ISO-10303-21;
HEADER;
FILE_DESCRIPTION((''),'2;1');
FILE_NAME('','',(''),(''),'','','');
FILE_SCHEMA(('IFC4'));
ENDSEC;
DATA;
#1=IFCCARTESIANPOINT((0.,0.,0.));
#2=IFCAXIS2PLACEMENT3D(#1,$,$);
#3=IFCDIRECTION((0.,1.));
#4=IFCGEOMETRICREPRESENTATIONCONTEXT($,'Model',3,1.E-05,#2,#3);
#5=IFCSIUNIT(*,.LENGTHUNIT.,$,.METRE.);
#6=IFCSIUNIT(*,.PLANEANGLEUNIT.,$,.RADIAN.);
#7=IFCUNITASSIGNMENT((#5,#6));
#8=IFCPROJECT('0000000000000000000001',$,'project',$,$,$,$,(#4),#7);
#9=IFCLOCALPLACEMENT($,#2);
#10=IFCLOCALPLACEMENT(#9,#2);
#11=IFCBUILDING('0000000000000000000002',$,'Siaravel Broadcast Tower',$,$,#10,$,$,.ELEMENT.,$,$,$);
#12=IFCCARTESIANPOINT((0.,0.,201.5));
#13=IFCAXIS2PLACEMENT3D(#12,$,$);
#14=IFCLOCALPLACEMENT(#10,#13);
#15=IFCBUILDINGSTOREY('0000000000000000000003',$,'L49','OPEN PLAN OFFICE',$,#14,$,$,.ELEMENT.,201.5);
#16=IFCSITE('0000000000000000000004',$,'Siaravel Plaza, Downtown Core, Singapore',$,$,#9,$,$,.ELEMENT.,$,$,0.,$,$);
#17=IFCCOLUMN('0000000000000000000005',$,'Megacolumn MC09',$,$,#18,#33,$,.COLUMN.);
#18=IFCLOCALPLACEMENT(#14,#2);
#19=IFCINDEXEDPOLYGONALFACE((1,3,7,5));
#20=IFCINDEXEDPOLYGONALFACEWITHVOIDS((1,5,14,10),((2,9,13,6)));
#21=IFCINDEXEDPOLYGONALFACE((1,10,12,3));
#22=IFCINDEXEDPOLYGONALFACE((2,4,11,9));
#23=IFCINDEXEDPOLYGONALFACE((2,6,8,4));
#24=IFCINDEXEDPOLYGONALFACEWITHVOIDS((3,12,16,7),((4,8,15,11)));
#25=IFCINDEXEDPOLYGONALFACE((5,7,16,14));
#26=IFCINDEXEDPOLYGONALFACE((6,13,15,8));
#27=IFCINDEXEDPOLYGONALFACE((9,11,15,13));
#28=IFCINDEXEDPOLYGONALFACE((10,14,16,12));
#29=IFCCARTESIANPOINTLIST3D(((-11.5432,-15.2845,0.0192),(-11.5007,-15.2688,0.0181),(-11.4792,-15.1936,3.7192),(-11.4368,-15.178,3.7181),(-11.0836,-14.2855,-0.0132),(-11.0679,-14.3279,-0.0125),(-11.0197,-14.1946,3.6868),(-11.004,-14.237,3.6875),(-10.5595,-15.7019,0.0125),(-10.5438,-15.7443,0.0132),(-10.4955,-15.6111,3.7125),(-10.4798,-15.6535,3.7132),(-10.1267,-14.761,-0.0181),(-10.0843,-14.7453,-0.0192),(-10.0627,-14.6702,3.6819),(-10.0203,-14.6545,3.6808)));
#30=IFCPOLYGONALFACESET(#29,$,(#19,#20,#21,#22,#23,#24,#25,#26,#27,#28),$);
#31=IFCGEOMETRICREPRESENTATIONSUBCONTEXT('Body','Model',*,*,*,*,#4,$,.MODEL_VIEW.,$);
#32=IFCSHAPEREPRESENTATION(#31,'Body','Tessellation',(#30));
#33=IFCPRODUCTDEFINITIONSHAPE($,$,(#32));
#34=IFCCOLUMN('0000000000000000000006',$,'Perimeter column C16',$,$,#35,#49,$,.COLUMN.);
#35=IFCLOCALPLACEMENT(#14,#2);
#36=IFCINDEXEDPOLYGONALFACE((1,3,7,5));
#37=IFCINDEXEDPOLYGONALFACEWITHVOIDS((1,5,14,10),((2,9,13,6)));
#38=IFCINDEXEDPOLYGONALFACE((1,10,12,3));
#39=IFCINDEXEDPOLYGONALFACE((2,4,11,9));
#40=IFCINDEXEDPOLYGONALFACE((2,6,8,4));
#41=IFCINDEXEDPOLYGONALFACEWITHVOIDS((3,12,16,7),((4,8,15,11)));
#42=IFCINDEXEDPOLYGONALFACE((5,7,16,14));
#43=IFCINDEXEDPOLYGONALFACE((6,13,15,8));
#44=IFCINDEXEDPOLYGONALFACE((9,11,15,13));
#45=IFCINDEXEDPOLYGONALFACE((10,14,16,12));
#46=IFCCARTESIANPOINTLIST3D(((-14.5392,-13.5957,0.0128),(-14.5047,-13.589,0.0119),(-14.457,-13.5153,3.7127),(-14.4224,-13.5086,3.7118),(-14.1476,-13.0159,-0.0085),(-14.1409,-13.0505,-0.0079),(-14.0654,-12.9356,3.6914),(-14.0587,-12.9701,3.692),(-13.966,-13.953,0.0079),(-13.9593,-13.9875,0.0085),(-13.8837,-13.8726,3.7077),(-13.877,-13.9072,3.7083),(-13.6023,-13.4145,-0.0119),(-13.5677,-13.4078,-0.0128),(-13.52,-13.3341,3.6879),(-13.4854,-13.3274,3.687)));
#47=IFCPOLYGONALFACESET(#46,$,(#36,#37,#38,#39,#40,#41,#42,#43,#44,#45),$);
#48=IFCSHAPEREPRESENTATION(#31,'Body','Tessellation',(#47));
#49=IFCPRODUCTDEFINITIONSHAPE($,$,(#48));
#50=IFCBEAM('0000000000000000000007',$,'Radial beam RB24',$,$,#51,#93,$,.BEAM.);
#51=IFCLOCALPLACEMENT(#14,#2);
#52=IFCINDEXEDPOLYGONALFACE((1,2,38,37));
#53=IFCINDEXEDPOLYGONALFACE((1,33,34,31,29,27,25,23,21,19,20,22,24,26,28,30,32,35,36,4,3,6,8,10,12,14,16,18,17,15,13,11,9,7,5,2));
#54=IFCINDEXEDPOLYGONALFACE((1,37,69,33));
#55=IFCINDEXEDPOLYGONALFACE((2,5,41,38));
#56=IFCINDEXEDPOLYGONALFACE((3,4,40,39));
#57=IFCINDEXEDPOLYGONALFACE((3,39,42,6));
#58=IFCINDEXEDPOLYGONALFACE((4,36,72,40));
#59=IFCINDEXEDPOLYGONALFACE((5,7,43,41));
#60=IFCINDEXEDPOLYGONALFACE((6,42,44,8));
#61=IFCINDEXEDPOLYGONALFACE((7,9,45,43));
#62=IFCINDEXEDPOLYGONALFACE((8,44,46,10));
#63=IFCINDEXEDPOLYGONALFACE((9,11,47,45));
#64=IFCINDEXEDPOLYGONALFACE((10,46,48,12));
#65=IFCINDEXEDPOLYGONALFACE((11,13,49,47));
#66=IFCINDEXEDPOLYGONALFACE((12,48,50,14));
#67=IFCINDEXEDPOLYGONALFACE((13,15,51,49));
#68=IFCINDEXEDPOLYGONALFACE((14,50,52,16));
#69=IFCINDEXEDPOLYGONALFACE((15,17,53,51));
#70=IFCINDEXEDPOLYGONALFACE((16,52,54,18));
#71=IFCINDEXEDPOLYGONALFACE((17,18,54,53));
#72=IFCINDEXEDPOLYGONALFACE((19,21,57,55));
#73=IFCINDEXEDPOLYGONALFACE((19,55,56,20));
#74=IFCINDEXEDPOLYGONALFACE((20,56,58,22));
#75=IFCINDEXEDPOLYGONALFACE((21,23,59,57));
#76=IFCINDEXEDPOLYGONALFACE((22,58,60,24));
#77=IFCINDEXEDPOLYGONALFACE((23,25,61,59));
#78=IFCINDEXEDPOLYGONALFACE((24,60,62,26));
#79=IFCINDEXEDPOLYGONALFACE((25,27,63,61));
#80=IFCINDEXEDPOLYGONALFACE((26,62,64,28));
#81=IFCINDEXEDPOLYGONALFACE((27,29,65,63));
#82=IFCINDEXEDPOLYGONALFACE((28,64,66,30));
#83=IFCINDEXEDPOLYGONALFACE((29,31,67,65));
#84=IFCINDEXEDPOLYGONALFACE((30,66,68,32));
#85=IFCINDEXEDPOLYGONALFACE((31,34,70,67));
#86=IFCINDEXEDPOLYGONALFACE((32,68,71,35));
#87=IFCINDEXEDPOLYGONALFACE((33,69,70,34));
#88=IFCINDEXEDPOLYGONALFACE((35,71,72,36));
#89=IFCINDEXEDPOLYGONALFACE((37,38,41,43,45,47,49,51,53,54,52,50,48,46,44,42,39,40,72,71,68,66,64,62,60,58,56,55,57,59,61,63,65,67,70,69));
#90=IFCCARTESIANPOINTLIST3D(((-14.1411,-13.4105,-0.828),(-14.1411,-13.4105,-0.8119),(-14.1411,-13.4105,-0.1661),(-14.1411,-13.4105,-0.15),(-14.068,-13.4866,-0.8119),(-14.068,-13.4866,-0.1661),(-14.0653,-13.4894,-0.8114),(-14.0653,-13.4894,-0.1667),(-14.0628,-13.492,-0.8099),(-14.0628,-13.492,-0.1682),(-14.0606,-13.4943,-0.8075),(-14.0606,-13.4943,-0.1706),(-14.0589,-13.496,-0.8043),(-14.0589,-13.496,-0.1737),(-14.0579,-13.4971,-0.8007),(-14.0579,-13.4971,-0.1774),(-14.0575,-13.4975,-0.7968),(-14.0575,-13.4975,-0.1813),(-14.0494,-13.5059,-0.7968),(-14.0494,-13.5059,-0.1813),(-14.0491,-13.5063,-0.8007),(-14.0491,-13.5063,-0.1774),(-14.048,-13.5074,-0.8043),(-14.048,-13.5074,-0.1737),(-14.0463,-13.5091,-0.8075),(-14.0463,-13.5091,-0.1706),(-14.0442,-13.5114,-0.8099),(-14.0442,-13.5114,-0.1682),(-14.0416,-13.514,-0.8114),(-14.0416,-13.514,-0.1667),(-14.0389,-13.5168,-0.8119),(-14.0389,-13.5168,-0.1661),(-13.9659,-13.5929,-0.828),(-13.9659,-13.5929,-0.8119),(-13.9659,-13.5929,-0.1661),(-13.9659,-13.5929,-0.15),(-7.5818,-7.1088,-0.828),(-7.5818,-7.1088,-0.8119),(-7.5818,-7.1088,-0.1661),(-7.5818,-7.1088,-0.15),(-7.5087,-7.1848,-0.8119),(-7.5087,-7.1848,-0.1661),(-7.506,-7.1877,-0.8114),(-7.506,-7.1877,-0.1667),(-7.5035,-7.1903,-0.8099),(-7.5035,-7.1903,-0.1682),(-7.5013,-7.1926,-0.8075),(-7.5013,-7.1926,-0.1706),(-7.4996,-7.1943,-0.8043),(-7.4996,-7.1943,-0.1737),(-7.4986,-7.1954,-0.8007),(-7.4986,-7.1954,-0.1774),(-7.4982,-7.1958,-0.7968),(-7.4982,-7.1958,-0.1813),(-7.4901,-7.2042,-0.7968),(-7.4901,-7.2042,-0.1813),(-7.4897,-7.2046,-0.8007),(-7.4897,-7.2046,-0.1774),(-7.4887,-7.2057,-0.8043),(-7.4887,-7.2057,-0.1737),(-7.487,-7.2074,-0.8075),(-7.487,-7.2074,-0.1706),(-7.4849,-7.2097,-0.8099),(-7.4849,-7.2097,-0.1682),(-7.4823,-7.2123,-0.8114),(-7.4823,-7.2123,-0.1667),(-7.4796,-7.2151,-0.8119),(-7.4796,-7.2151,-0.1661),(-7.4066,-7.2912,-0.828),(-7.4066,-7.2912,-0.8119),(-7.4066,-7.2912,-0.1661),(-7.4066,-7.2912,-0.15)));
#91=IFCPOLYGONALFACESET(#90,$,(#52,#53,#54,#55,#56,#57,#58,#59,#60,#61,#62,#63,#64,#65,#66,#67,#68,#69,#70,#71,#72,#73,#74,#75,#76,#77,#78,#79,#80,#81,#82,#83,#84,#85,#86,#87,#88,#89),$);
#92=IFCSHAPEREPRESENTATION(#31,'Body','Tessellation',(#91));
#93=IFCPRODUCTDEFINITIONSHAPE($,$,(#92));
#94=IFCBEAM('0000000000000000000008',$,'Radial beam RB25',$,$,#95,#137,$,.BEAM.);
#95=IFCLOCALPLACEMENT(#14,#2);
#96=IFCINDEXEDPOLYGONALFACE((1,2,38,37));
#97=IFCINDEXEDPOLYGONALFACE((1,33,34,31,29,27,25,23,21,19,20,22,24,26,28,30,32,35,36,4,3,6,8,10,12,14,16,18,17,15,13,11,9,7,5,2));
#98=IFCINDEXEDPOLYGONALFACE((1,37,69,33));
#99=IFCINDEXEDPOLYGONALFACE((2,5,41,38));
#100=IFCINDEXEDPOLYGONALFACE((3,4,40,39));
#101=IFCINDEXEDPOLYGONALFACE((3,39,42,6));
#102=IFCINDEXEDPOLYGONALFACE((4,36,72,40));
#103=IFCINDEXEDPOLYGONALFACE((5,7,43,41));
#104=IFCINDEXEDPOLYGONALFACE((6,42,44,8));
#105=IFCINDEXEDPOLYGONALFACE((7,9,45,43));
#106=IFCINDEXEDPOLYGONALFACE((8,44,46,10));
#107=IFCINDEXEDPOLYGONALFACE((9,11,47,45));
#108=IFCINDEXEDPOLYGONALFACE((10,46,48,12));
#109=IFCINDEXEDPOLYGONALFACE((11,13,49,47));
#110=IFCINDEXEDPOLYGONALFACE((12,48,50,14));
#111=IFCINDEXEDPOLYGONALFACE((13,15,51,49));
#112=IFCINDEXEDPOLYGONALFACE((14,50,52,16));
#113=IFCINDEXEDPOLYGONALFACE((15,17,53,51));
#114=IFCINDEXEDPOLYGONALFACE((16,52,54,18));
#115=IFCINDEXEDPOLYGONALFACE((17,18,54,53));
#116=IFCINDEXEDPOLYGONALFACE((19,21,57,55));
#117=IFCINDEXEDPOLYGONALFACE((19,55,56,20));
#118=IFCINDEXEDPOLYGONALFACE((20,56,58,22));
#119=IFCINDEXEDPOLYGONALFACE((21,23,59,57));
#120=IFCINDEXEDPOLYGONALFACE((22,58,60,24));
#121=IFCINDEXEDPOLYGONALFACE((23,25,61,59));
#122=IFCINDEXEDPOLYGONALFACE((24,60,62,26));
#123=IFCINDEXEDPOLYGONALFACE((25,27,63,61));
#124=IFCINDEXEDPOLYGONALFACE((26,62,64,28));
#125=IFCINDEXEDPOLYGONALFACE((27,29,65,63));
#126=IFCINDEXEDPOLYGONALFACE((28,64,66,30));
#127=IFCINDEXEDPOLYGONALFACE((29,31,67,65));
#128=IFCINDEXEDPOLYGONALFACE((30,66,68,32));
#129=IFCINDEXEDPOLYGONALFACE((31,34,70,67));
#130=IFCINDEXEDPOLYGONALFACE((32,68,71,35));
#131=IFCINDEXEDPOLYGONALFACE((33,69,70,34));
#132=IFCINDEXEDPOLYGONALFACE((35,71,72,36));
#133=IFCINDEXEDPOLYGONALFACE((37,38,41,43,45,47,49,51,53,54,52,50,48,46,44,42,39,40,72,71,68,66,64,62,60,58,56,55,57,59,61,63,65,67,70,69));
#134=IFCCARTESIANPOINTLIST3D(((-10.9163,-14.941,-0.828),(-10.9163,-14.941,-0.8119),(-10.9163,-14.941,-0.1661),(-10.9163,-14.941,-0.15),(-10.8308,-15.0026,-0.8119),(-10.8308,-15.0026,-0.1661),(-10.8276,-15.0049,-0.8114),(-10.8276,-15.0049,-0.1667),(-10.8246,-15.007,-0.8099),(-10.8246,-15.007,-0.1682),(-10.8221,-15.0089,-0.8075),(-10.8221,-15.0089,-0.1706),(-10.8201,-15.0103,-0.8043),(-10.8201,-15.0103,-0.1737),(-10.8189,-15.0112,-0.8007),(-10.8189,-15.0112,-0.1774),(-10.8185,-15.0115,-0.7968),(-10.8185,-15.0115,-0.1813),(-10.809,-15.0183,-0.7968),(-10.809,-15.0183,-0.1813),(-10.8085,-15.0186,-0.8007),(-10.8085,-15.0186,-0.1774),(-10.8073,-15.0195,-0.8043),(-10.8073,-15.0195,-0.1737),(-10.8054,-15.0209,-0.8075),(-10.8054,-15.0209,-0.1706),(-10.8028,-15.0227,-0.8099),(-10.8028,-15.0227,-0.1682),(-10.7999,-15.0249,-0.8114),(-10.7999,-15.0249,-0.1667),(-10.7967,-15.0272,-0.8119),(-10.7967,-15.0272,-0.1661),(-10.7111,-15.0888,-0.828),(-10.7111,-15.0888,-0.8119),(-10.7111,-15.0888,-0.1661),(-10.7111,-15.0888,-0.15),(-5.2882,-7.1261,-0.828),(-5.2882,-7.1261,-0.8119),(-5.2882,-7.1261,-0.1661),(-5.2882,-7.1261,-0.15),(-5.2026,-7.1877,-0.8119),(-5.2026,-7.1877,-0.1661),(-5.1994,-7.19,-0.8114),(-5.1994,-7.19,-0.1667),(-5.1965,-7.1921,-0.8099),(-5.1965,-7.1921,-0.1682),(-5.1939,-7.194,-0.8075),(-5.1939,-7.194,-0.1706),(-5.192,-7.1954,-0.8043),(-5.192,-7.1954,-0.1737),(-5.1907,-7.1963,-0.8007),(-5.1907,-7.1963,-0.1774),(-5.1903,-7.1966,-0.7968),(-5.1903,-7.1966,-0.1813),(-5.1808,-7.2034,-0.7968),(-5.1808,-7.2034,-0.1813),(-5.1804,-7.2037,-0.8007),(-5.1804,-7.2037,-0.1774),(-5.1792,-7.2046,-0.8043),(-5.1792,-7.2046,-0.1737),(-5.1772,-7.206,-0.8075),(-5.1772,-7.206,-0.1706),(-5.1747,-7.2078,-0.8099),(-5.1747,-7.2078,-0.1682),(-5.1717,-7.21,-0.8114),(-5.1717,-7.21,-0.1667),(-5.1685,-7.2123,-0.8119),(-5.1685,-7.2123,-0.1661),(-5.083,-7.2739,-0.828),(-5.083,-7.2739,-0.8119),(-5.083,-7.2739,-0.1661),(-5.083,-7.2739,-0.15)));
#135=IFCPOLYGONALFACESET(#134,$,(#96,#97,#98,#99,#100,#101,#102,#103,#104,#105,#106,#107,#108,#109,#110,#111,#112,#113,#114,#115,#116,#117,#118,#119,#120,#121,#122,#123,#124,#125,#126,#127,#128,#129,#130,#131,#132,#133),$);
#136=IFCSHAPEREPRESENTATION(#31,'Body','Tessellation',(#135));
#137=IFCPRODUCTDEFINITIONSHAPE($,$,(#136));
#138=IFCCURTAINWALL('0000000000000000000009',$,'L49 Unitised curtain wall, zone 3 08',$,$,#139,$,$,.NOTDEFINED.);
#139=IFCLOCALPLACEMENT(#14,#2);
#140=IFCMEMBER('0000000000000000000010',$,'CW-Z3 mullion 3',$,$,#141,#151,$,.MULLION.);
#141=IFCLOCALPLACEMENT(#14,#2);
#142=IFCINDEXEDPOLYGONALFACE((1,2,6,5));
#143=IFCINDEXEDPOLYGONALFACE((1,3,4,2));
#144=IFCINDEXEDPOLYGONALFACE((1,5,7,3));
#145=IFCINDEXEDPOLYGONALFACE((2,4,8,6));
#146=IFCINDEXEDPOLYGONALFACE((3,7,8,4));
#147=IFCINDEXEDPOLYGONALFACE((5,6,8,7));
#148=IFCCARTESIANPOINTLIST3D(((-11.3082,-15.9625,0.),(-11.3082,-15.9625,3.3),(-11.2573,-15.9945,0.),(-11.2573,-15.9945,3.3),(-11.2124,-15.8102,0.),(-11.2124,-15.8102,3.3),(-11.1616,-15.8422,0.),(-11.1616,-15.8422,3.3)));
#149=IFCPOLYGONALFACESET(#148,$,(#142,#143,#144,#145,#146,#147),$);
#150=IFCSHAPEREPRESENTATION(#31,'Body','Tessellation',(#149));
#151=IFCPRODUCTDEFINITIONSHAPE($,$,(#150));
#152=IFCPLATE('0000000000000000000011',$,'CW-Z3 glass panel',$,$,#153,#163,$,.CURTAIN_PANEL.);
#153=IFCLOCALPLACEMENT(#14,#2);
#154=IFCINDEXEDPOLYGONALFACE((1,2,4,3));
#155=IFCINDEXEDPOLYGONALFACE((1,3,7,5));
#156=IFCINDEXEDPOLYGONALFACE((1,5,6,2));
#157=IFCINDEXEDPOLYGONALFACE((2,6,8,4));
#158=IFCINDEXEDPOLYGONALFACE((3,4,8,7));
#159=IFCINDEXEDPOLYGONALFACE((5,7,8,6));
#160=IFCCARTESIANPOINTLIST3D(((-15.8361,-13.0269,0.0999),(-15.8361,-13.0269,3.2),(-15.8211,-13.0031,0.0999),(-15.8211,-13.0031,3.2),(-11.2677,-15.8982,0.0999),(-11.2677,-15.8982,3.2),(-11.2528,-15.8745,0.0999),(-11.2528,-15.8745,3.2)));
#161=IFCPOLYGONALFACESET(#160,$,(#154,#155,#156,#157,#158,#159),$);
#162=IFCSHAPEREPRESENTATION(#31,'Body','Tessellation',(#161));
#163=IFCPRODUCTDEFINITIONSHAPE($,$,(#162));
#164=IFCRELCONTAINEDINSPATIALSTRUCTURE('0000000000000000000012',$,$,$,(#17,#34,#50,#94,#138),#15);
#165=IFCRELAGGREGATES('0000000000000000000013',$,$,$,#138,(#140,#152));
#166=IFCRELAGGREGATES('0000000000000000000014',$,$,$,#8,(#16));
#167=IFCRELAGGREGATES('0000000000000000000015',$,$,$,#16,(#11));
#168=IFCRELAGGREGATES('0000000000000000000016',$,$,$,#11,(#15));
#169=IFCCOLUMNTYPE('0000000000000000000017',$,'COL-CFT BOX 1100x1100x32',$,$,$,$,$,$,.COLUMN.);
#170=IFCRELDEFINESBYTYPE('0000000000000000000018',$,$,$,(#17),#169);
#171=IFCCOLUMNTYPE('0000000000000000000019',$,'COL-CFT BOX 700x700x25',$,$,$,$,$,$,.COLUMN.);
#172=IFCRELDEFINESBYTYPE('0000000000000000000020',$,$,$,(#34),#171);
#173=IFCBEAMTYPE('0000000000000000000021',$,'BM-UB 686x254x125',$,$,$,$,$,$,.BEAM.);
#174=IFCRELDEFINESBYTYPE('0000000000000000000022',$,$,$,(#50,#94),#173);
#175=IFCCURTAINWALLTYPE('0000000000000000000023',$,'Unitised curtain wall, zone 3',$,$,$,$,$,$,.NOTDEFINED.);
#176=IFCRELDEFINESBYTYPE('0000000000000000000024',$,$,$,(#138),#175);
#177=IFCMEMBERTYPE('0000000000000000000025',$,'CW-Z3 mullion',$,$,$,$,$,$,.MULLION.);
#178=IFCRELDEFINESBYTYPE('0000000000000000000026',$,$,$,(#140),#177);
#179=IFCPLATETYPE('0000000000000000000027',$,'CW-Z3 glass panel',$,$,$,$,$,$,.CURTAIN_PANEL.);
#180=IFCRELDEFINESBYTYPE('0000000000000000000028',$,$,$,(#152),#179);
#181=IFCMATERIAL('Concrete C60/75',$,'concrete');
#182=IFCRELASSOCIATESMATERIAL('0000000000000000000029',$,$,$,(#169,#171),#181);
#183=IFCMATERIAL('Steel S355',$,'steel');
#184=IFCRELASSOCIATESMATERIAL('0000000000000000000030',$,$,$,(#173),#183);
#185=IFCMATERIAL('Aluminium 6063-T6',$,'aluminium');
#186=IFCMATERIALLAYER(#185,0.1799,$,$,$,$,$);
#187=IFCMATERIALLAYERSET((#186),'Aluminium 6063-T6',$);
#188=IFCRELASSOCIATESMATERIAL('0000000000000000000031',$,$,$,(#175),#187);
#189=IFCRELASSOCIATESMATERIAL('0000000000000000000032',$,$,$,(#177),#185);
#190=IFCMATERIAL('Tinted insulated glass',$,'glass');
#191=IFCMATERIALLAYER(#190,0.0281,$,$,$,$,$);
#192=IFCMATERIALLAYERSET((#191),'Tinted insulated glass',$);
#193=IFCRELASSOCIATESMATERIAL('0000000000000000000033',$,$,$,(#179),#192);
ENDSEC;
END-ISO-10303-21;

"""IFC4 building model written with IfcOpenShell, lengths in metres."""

from ifc_helpers import new_model, si_unit, direction, frame, origin, origin_2d, place, context, subcontext, project, spatial, rectangle, hollow_rectangle, i_section, extrude, material, layer, layer_set, material_profile, profile_set, type_object, element, aggregate, save


model = new_model("IFC4")

# Units and contexts
model_context = context("Model", 3, precision=1e-05, world=origin(), true_north=direction((0.0, 1.0)))
body_context = subcontext(model_context, "Body", "Model", "MODEL_VIEW")
ifc_project = project(units=[si_unit("LENGTHUNIT", "METRE"), si_unit("PLANEANGLEUNIT", "RADIAN")], contexts=[model_context])

# Site, building, storey
site_placement = place(None, origin())
site = spatial("IfcSite", under=ifc_project, at=site_placement, Name="Siaravel Plaza, Downtown Core, Singapore", CompositionType="ELEMENT", RefElevation=0.0)
building_placement = place(site_placement, origin())
building = spatial("IfcBuilding", under=site, at=building_placement, Name="Siaravel Broadcast Tower", CompositionType="ELEMENT")
storey_placement = place(building_placement, frame((0.0, 0.0, 201.5)))
storey = spatial("IfcBuildingStorey", under=building, at=storey_placement, Name="L49", Description="OPEN PLAN OFFICE", CompositionType="ELEMENT", Elevation=201.5)

# Columns
ifc_material_1 = material(Name="Concrete C60/75", Category="concrete")
ifc_material_profile_1 = material_profile(ifc_material_1, hollow_rectangle(XDim=1.1001, YDim=1.1001, WallThickness=0.032, at=origin_2d()))
ifc_profile_set_1 = profile_set([ifc_material_profile_1], Name="Concrete C60/75")
column_type_1 = type_object("IfcColumnType", Name="COL-CFT BOX 1100x1100x32", PredefinedType="COLUMN", material=ifc_profile_set_1)
column_1_placement = place(storey_placement, frame((-10.8137, -15.0149, 0.0), z_axis=(0.01728, 0.024535, 0.99955), x_axis=(-0.908417, 0.41803, 0.005444)))
element("IfcColumn", 1, at=column_1_placement, inside=storey, type_object=column_type_1, Name="Megacolumn MC09", PredefinedType="COLUMN", context=body_context, shape_type="SweptSolid", body=[
    extrude(hollow_rectangle(XDim=1.1001, YDim=1.1001, WallThickness=0.032, at=origin_2d()), origin(), (0.0, 0.0, 1.0), 3.7017),
])
ifc_material_profile_2 = material_profile(ifc_material_1, hollow_rectangle(XDim=0.7, YDim=0.7, WallThickness=0.0249, at=origin_2d()))
ifc_profile_set_2 = profile_set([ifc_material_profile_2], Name="Concrete C60/75")
column_type_2 = type_object("IfcColumnType", Name="COL-CFT BOX 700x700x25", PredefinedType="COLUMN", material=ifc_profile_set_2)
column_2_placement = place(storey_placement, frame((-14.0535, -13.5017, 0.0), z_axis=(0.022226, 0.021699, 0.999517), x_axis=(-0.828556, 0.559871, 0.00627)))
element("IfcColumn", 2, at=column_2_placement, inside=storey, type_object=column_type_2, Name="Perimeter column C16", PredefinedType="COLUMN", context=body_context, shape_type="SweptSolid", body=[
    extrude(hollow_rectangle(XDim=0.7, YDim=0.7, WallThickness=0.0249, at=origin_2d()), origin(), (0.0, 0.0, 1.0), 3.7017),
])

# Beams
ifc_material_2 = material(Name="Steel S355", Category="steel")
ifc_material_profile_3 = material_profile(ifc_material_2, i_section(OverallWidth=0.2529, OverallDepth=0.678, WebThickness=0.0117, FlangeThickness=0.0161, FilletRadius=0.0151, at=origin_2d()))
ifc_profile_set_3 = profile_set([ifc_material_profile_3], Name="Steel S355")
beam_type = type_object("IfcBeamType", Name="BM-UB 686x254x125", PredefinedType="BEAM", material=ifc_profile_set_3)
beam_1_placement = place(storey_placement, frame((-14.0535, -13.5017, -0.489), z_axis=(0.721123, 0.692807, 0.0), x_axis=(-0.692807, 0.721123, 0.0)))
element("IfcBeam", 3, at=beam_1_placement, inside=storey, type_object=beam_type, Name="Radial beam RB24", PredefinedType="BEAM", context=body_context, shape_type="SweptSolid", body=[
    extrude(i_section(OverallWidth=0.2529, OverallDepth=0.678, WebThickness=0.0117, FlangeThickness=0.0161, FilletRadius=0.0151, at=origin_2d()), origin(), (0.0, 0.0, 1.0), 9.0959),
])
beam_2_placement = place(storey_placement, frame((-10.8137, -15.0149, -0.489), z_axis=(0.584402, 0.811465, 0.0), x_axis=(-0.811465, 0.584402, 0.0)))
element("IfcBeam", 4, at=beam_2_placement, inside=storey, type_object=beam_type, Name="Radial beam RB25", PredefinedType="BEAM", context=body_context, shape_type="SweptSolid", body=[
    extrude(i_section(OverallWidth=0.2529, OverallDepth=0.678, WebThickness=0.0117, FlangeThickness=0.0161, FilletRadius=0.0151, at=origin_2d()), origin(), (0.0, 0.0, 1.0), 9.6306),
])

# Curtain wall, member, plate
ifc_material_3 = material(Name="Aluminium 6063-T6", Category="aluminium")
ifc_layer_1 = layer(ifc_material_3, 0.1799)
ifc_layer_set_1 = layer_set([ifc_layer_1], Name="Aluminium 6063-T6")
curtain_wall_type = type_object("IfcCurtainWallType", Name="Unitised curtain wall, zone 3", PredefinedType="NOTDEFINED", material=ifc_layer_set_1)
curtain_wall_placement = place(storey_placement, origin())
curtain_wall = element("IfcCurtainWall", 5, at=curtain_wall_placement, inside=storey, type_object=curtain_wall_type, Name="L49 Unitised curtain wall, zone 3 08", PredefinedType="NOTDEFINED")
ifc_material_profile_4 = material_profile(ifc_material_3, rectangle(XDim=0.1799, YDim=0.0601, at=origin_2d()))
ifc_profile_set_4 = profile_set([ifc_material_profile_4], Name="Aluminium 6063-T6")
member_type = type_object("IfcMemberType", Name="CW-Z3 mullion", PredefinedType="MULLION", material=ifc_profile_set_4)
member_placement = place(storey_placement, frame((-11.2349, -15.9023, 0.0), z_axis=(0.0, 0.0, 1.0), x_axis=(0.532151, 0.846649, 0.0)))
member = element("IfcMember", 6, at=member_placement, type_object=member_type, Name="CW-Z3 mullion 3", PredefinedType="MULLION", context=body_context, shape_type="SweptSolid", body=[
    extrude(rectangle(XDim=0.1799, YDim=0.0601, at=origin_2d()), origin(), (0.0, 0.0, 1.0), 3.3),
])
ifc_material_4 = material(Name="Tinted insulated glass", Category="glass")
ifc_layer_2 = layer(ifc_material_4, 0.0281)
ifc_layer_set_2 = layer_set([ifc_layer_2], Name="Tinted insulated glass")
plate_type = type_object("IfcPlateType", Name="CW-Z3 glass panel", PredefinedType="CURTAIN_PANEL", material=ifc_layer_set_2)
plate_placement = place(storey_placement, frame((-13.5444, -14.4507, 0.0999), z_axis=(0.0, 0.0, 1.0), x_axis=(0.846649, -0.532151, 0.0)))
plate = element("IfcPlate", 7, at=plate_placement, type_object=plate_type, Name="CW-Z3 glass panel", PredefinedType="CURTAIN_PANEL", context=body_context, shape_type="SweptSolid", body=[
    extrude(rectangle(XDim=5.3958, YDim=0.0281, at=origin_2d()), origin(), (0.0, 0.0, 1.0), 3.1001),
])
aggregate(curtain_wall, [member, plate])

save(model, "model.ifc")
